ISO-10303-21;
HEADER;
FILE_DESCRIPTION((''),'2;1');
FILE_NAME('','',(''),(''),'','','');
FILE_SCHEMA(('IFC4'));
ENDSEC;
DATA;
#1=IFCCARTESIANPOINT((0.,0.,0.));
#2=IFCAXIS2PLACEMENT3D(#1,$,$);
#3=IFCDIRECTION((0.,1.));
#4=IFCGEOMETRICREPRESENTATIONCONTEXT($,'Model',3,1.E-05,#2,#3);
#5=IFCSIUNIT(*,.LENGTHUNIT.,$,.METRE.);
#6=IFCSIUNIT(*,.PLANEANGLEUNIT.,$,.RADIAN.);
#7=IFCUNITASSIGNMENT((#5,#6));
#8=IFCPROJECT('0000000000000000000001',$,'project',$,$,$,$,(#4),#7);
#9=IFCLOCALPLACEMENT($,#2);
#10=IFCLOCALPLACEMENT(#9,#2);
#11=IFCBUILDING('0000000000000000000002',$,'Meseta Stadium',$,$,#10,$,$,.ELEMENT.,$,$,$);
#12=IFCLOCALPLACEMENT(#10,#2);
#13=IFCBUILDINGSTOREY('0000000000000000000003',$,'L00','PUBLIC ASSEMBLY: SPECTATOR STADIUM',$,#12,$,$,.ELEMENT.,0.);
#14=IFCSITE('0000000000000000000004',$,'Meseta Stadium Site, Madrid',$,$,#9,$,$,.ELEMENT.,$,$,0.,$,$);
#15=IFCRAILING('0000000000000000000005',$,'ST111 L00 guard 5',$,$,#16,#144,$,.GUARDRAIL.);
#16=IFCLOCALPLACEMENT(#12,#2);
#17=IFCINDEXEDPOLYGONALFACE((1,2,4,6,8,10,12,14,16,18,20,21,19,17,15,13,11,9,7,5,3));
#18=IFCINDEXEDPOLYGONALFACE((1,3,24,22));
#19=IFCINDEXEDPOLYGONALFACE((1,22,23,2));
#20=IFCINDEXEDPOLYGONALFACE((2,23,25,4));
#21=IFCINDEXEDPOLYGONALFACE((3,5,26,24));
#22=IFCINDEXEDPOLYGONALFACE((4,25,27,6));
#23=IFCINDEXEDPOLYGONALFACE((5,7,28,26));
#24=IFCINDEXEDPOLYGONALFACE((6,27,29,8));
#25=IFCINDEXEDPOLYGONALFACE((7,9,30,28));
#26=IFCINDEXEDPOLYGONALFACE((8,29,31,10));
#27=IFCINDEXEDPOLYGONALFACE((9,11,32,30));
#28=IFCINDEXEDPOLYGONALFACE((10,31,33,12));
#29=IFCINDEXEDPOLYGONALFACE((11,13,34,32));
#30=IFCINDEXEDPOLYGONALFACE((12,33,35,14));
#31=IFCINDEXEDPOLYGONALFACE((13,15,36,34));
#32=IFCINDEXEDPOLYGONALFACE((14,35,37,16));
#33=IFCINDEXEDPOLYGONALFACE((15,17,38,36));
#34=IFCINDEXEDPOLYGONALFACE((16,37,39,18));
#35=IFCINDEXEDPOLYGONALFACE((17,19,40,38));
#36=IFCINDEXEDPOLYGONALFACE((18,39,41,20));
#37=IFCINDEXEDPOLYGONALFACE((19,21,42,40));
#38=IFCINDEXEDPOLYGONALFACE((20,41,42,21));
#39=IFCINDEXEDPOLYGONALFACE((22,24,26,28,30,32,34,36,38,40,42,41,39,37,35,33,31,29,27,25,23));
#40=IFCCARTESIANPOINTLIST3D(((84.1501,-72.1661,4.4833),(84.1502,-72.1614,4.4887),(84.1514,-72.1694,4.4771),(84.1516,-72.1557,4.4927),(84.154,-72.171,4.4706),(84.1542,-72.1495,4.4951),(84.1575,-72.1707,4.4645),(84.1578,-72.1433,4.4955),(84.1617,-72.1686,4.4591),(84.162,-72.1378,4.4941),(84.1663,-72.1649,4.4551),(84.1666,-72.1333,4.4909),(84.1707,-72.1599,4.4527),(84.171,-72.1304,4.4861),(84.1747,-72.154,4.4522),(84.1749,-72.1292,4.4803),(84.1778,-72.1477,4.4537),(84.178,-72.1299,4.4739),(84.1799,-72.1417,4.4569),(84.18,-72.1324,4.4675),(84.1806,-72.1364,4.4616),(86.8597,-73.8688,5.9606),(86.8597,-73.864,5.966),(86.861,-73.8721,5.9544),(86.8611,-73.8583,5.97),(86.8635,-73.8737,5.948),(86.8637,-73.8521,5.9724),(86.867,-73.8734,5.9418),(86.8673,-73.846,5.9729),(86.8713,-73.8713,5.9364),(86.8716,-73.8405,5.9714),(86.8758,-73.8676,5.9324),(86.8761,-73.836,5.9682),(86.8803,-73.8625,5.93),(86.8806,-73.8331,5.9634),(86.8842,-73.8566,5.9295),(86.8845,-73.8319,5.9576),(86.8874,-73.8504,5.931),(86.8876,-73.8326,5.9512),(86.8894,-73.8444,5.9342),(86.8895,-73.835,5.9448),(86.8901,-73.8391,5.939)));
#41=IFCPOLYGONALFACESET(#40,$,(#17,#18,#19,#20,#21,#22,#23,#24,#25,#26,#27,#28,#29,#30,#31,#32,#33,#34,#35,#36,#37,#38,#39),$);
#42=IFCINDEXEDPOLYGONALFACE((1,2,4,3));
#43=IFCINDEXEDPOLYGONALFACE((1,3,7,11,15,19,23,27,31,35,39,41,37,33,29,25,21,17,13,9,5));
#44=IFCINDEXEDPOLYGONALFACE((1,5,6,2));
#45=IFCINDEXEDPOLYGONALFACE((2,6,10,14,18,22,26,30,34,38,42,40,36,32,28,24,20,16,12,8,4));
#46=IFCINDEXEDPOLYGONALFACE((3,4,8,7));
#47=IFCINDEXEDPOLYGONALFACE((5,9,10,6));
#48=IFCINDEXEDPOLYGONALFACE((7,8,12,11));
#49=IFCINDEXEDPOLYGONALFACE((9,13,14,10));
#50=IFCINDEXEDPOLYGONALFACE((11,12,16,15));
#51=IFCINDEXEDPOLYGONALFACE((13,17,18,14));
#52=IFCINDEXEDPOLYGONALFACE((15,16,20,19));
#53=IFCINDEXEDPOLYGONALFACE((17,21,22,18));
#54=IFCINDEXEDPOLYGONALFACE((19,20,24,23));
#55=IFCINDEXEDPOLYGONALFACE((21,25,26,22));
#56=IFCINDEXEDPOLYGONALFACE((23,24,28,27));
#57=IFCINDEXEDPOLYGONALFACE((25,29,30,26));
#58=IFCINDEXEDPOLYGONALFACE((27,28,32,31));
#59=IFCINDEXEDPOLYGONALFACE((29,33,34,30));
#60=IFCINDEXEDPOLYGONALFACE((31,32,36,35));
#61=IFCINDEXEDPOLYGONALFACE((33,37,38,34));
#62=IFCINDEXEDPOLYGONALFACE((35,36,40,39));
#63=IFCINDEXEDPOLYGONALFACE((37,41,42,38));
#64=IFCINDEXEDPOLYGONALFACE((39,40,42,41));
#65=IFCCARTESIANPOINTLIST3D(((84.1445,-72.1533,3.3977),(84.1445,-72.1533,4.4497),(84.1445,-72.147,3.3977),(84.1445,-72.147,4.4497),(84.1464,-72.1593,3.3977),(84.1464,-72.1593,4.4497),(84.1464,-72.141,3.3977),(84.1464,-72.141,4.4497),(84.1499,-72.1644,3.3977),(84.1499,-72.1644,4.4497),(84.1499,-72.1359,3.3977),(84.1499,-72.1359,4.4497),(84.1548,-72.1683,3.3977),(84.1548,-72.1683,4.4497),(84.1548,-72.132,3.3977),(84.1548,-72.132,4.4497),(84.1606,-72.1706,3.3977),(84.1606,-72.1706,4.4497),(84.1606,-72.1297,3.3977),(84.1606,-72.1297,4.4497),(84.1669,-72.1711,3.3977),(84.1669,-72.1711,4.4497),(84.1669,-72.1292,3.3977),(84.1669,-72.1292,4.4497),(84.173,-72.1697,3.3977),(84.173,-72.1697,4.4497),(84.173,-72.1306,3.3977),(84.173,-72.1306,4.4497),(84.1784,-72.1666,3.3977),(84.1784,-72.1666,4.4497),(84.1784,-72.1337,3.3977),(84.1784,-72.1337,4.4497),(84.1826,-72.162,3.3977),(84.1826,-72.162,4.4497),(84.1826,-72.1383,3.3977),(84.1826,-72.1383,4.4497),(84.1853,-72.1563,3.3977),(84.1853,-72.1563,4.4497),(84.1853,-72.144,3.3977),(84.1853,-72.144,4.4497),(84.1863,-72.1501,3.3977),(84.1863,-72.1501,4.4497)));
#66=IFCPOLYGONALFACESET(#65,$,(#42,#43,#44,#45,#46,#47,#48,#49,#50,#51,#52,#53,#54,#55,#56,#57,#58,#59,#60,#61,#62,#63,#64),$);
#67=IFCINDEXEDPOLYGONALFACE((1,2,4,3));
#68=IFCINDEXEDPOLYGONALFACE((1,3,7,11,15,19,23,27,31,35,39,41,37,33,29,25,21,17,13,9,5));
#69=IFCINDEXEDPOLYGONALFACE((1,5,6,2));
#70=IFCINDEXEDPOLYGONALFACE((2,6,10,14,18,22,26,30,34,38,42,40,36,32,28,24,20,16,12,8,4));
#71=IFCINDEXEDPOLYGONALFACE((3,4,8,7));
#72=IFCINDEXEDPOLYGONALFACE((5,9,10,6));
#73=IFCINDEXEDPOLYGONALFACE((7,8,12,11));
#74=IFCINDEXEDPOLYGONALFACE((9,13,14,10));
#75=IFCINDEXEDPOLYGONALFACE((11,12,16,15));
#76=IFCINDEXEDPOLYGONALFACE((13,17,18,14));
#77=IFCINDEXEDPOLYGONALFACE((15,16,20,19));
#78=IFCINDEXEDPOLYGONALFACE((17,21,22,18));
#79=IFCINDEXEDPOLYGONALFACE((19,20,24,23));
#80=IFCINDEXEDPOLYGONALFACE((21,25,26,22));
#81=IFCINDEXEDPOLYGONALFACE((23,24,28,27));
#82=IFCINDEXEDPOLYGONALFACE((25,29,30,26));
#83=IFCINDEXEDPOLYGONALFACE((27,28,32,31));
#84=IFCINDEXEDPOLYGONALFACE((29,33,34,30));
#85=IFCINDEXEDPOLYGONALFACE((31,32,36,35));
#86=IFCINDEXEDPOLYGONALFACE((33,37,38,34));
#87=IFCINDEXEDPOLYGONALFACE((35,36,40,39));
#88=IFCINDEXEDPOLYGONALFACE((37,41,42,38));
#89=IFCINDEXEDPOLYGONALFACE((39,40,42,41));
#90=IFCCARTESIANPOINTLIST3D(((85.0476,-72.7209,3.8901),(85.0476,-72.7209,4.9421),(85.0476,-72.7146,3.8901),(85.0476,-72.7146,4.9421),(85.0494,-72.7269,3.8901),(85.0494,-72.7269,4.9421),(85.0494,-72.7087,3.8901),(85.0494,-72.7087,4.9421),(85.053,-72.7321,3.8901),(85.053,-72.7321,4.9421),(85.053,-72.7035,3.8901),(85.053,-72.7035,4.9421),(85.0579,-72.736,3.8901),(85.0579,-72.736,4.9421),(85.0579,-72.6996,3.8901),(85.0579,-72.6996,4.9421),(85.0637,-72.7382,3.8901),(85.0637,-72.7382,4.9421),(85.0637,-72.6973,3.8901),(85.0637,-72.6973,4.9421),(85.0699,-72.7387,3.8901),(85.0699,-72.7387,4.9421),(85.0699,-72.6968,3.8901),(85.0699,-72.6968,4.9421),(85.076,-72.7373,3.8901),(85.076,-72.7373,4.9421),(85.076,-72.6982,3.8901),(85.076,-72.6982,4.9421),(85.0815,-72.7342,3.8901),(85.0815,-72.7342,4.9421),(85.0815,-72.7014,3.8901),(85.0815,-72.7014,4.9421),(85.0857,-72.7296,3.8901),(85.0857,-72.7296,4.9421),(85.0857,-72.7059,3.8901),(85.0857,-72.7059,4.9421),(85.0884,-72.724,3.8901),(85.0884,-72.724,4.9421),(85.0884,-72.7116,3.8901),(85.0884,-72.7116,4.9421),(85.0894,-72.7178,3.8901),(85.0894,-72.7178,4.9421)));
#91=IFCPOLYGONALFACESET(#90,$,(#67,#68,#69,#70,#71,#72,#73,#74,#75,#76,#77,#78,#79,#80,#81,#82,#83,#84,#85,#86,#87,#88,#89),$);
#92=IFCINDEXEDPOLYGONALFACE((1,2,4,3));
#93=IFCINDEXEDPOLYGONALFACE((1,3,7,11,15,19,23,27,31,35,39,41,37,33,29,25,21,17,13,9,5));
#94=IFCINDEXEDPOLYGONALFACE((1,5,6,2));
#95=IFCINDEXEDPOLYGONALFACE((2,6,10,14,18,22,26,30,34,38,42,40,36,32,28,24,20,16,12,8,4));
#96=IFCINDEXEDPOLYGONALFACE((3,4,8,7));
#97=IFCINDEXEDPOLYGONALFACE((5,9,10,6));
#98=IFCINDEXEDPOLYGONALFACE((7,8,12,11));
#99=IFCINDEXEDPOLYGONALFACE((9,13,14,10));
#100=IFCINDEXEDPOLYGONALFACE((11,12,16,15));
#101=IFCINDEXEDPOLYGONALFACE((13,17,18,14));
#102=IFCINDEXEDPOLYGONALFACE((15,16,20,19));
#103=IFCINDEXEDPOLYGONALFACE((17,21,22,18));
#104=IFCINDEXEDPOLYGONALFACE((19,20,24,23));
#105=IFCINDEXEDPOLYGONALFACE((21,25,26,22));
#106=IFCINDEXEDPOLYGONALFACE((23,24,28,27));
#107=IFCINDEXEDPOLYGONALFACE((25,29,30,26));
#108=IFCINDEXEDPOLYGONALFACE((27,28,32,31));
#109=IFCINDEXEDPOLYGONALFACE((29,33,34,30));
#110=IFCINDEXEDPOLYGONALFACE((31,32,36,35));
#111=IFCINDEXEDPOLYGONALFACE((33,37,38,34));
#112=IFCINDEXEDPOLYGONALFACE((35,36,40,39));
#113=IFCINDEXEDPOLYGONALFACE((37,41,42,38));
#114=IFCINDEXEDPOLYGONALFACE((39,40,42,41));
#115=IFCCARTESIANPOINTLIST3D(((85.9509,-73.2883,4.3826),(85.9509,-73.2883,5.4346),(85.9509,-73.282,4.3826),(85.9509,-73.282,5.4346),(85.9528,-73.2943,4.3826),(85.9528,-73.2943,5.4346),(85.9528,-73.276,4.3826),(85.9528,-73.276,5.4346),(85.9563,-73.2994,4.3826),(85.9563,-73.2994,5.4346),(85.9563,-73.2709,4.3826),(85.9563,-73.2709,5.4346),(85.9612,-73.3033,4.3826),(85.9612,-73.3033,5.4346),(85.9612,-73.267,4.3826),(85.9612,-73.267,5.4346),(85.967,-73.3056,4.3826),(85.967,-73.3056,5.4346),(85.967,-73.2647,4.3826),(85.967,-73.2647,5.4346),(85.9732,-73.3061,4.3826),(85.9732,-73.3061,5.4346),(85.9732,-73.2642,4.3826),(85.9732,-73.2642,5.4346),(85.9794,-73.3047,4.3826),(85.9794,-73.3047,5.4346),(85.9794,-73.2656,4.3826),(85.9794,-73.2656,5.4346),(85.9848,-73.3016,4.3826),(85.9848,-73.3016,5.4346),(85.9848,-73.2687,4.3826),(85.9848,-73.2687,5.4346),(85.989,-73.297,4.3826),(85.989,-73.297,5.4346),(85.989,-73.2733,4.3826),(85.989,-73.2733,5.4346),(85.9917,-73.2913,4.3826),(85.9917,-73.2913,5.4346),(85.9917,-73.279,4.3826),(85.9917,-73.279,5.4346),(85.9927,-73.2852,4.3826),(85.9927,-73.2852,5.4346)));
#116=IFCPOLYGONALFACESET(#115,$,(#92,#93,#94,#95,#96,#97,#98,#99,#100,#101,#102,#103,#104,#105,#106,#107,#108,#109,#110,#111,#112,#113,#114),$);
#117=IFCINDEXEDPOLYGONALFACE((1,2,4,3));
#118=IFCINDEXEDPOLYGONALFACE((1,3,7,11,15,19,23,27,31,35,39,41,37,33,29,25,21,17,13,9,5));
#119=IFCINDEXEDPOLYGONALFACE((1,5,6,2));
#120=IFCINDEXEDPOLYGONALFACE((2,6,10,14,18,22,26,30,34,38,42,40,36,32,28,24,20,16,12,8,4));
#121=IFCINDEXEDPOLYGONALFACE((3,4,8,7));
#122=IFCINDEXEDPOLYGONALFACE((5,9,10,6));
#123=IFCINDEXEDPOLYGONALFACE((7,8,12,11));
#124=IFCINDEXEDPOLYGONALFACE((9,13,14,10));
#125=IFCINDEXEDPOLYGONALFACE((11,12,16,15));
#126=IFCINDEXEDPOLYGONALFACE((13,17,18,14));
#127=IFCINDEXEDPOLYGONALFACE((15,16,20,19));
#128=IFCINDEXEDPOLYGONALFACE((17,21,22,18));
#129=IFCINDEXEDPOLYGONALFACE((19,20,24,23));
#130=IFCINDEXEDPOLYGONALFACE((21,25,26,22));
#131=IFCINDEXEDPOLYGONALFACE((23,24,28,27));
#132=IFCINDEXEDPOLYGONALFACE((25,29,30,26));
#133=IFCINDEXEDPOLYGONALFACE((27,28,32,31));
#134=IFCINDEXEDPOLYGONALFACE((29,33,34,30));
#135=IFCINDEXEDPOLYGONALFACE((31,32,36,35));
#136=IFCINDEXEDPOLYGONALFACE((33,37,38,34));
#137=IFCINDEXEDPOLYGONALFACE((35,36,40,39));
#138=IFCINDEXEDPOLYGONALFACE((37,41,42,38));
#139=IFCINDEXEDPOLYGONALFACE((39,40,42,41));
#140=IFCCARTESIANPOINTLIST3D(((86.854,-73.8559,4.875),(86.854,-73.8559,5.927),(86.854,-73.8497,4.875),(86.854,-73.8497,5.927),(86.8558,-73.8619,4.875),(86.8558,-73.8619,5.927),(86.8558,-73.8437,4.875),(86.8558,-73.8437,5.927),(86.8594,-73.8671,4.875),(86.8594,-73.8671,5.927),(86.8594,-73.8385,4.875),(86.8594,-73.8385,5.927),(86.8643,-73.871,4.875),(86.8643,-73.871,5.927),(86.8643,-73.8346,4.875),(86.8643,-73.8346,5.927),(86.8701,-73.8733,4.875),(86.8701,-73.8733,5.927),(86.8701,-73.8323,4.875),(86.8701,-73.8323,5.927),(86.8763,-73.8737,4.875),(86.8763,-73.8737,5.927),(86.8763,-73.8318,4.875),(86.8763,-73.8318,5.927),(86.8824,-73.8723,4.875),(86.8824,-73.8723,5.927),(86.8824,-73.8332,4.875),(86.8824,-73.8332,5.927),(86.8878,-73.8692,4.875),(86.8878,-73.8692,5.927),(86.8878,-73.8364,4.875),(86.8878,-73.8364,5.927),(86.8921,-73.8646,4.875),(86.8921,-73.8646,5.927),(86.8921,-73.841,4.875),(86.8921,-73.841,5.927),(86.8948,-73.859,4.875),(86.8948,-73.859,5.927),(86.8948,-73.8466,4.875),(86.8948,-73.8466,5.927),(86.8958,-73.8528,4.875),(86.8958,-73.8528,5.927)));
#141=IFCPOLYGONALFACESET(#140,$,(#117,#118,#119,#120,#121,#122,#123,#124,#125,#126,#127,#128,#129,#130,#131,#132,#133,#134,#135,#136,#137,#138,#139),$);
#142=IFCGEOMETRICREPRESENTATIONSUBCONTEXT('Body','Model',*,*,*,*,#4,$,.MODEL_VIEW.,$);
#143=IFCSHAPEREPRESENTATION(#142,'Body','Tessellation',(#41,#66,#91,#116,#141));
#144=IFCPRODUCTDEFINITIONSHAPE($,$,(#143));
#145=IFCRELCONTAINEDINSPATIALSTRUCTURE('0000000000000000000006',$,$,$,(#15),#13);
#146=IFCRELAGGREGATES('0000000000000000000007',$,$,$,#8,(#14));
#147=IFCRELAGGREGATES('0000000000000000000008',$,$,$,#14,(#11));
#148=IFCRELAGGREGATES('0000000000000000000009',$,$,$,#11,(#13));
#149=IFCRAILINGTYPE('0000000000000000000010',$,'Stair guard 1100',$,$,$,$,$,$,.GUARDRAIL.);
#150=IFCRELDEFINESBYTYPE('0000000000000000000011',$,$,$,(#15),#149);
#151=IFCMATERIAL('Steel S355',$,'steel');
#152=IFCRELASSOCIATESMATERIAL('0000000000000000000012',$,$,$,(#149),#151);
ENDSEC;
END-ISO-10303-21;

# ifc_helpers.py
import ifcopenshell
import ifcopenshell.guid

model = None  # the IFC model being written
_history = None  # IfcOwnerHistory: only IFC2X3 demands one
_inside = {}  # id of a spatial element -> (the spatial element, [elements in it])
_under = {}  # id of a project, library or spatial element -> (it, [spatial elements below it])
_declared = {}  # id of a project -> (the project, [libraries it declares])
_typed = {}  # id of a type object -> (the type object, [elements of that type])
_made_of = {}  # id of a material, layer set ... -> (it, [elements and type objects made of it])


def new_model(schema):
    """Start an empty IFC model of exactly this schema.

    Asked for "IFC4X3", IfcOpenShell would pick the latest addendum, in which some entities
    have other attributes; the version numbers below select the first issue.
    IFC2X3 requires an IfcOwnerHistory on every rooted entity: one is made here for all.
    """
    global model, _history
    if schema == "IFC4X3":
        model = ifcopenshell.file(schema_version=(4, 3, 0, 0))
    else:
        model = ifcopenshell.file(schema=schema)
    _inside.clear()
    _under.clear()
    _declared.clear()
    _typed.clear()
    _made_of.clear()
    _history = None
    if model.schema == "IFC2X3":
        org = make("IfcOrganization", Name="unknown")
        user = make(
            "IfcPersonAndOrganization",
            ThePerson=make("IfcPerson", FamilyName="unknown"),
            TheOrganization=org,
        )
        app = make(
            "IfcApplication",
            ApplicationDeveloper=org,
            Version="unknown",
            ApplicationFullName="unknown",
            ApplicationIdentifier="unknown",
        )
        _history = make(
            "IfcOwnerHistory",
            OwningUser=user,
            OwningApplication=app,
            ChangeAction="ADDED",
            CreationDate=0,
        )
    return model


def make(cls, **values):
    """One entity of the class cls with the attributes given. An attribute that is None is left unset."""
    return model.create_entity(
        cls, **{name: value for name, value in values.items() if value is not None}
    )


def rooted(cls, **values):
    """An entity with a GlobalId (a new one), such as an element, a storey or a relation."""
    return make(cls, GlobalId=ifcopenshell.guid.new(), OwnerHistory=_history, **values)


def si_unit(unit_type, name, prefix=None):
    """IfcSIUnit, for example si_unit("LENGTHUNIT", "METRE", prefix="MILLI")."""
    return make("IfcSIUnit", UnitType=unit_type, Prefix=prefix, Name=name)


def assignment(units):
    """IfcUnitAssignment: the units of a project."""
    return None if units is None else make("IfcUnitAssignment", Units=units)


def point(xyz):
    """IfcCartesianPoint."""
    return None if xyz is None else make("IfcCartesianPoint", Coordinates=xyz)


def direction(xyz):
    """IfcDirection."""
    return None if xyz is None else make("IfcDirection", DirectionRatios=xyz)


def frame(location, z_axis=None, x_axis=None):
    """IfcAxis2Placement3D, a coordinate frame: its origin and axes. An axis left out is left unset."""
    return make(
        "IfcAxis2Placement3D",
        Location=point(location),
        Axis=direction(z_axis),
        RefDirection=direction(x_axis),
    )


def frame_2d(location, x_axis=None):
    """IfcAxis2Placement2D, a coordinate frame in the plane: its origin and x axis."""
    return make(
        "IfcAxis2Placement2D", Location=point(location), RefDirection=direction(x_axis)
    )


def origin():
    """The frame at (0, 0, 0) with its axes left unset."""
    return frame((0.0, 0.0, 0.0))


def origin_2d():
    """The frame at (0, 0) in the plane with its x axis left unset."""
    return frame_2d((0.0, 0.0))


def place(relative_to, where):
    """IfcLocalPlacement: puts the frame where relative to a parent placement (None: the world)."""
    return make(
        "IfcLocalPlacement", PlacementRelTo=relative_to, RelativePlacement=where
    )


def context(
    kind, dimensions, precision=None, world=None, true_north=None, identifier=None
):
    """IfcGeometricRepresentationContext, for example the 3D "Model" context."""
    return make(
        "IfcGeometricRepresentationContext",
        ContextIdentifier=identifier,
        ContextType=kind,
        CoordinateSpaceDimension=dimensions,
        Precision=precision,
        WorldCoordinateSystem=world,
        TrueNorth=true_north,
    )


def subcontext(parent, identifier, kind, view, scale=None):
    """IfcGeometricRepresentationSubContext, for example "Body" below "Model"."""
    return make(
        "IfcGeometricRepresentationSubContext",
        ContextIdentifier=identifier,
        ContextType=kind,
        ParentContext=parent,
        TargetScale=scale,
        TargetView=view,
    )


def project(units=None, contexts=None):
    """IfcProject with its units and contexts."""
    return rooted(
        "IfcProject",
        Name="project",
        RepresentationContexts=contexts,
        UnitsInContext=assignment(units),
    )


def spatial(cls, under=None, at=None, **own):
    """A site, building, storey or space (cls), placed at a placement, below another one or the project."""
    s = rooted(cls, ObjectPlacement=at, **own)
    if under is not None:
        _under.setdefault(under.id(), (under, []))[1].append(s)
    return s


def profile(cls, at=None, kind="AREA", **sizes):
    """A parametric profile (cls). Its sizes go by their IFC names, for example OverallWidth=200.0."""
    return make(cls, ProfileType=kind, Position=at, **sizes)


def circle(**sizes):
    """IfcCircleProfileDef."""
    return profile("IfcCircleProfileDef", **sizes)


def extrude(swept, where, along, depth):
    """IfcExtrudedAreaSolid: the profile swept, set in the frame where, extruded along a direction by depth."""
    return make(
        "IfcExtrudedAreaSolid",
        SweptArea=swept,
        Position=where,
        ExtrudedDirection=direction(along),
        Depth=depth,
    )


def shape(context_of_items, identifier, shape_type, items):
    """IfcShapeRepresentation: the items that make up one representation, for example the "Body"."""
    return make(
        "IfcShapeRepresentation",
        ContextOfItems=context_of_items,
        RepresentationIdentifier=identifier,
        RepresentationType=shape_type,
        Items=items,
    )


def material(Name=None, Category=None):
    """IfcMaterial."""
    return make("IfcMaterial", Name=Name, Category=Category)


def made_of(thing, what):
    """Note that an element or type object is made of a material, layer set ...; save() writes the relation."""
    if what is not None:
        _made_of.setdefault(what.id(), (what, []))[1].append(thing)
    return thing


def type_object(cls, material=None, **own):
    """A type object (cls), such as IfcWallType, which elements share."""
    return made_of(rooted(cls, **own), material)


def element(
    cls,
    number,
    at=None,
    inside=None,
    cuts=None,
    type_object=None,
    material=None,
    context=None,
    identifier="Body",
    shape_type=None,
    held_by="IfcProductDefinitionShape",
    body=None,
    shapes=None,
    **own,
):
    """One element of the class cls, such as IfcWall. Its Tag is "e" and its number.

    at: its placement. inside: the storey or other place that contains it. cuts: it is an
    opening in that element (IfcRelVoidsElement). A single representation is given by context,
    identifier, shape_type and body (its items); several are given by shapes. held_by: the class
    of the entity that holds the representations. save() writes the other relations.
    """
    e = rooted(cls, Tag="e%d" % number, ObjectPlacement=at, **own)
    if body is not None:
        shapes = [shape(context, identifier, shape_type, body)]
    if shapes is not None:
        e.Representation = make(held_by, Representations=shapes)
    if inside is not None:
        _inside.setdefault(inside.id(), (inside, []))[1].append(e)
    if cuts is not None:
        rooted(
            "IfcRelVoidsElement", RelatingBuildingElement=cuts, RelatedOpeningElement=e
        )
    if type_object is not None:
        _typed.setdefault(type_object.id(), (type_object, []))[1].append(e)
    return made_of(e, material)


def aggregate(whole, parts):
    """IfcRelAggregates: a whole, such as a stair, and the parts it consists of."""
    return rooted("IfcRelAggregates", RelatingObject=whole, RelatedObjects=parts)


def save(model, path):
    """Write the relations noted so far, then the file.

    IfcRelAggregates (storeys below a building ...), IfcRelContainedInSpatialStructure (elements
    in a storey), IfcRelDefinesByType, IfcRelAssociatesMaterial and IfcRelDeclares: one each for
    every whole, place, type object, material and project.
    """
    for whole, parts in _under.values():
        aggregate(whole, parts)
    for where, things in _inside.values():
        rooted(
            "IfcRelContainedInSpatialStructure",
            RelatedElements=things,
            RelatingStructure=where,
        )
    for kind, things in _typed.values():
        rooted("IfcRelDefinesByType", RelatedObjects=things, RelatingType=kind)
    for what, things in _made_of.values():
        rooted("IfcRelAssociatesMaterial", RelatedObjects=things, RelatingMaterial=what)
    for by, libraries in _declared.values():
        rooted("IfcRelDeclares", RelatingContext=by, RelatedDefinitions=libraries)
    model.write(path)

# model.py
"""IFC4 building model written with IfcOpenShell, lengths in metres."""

from ifc_helpers import new_model, si_unit, direction, frame, origin, origin_2d, place, context, subcontext, project, spatial, circle, extrude, material, type_object, element, save


model = new_model("IFC4")

# Units and contexts
model_context = context("Model", 3, precision=1e-05, world=origin(), true_north=direction((0.0, 1.0)))
body_context = subcontext(model_context, "Body", "Model", "MODEL_VIEW")
ifc_project = project(units=[si_unit("LENGTHUNIT", "METRE"), si_unit("PLANEANGLEUNIT", "RADIAN")], contexts=[model_context])

# Site, building, storey
site_placement = place(None, origin())
site = spatial("IfcSite", under=ifc_project, at=site_placement, Name="Meseta Stadium Site, Madrid", CompositionType="ELEMENT", RefElevation=0.0)
building_placement = place(site_placement, origin())
building = spatial("IfcBuilding", under=site, at=building_placement, Name="Meseta Stadium", CompositionType="ELEMENT")
storey_placement = place(building_placement, origin())
storey = spatial("IfcBuildingStorey", under=building, at=storey_placement, Name="L00", Description="PUBLIC ASSEMBLY: SPECTATOR STADIUM", CompositionType="ELEMENT", Elevation=0.0)

# Railing
ifc_material_1 = material(Name="Steel S355", Category="steel")
railing_type_1 = type_object("IfcRailingType", Name="Stair guard 1100", PredefinedType="GUARDRAIL", material=ifc_material_1)
railing_1_placement = place(storey_placement, frame((84.1653, -72.1501, 3.3977)))
element("IfcRailing", 1, at=railing_1_placement, inside=storey, type_object=railing_type_1, Name="ST111 L00 guard 5", PredefinedType="GUARDRAIL", context=body_context, shape_type="SweptSolid", body=[
    extrude(circle(Radius=0.0239, at=origin_2d()), frame((0.0, 0.0, 1.0762), z_axis=(0.768738, -0.483076, 0.419142), x_axis=(0.532068, 0.846701, 0.0)), (0.0, 0.0, 1.0), 3.5247),
    extrude(circle(Radius=0.021, at=origin_2d()), origin(), (0.0, 0.0, 1.0), 1.052),
    extrude(circle(Radius=0.021, at=origin_2d()), frame((0.9031, -0.5676, 0.4924)), (0.0, 0.0, 1.0), 1.052),
    extrude(circle(Radius=0.021, at=origin_2d()), frame((1.8064, -1.135, 0.9849)), (0.0, 0.0, 1.0), 1.052),
    extrude(circle(Radius=0.021, at=origin_2d()), frame((2.7095, -1.7026, 1.4773)), (0.0, 0.0, 1.0), 1.052),
])

save(model, "model.ifc")
